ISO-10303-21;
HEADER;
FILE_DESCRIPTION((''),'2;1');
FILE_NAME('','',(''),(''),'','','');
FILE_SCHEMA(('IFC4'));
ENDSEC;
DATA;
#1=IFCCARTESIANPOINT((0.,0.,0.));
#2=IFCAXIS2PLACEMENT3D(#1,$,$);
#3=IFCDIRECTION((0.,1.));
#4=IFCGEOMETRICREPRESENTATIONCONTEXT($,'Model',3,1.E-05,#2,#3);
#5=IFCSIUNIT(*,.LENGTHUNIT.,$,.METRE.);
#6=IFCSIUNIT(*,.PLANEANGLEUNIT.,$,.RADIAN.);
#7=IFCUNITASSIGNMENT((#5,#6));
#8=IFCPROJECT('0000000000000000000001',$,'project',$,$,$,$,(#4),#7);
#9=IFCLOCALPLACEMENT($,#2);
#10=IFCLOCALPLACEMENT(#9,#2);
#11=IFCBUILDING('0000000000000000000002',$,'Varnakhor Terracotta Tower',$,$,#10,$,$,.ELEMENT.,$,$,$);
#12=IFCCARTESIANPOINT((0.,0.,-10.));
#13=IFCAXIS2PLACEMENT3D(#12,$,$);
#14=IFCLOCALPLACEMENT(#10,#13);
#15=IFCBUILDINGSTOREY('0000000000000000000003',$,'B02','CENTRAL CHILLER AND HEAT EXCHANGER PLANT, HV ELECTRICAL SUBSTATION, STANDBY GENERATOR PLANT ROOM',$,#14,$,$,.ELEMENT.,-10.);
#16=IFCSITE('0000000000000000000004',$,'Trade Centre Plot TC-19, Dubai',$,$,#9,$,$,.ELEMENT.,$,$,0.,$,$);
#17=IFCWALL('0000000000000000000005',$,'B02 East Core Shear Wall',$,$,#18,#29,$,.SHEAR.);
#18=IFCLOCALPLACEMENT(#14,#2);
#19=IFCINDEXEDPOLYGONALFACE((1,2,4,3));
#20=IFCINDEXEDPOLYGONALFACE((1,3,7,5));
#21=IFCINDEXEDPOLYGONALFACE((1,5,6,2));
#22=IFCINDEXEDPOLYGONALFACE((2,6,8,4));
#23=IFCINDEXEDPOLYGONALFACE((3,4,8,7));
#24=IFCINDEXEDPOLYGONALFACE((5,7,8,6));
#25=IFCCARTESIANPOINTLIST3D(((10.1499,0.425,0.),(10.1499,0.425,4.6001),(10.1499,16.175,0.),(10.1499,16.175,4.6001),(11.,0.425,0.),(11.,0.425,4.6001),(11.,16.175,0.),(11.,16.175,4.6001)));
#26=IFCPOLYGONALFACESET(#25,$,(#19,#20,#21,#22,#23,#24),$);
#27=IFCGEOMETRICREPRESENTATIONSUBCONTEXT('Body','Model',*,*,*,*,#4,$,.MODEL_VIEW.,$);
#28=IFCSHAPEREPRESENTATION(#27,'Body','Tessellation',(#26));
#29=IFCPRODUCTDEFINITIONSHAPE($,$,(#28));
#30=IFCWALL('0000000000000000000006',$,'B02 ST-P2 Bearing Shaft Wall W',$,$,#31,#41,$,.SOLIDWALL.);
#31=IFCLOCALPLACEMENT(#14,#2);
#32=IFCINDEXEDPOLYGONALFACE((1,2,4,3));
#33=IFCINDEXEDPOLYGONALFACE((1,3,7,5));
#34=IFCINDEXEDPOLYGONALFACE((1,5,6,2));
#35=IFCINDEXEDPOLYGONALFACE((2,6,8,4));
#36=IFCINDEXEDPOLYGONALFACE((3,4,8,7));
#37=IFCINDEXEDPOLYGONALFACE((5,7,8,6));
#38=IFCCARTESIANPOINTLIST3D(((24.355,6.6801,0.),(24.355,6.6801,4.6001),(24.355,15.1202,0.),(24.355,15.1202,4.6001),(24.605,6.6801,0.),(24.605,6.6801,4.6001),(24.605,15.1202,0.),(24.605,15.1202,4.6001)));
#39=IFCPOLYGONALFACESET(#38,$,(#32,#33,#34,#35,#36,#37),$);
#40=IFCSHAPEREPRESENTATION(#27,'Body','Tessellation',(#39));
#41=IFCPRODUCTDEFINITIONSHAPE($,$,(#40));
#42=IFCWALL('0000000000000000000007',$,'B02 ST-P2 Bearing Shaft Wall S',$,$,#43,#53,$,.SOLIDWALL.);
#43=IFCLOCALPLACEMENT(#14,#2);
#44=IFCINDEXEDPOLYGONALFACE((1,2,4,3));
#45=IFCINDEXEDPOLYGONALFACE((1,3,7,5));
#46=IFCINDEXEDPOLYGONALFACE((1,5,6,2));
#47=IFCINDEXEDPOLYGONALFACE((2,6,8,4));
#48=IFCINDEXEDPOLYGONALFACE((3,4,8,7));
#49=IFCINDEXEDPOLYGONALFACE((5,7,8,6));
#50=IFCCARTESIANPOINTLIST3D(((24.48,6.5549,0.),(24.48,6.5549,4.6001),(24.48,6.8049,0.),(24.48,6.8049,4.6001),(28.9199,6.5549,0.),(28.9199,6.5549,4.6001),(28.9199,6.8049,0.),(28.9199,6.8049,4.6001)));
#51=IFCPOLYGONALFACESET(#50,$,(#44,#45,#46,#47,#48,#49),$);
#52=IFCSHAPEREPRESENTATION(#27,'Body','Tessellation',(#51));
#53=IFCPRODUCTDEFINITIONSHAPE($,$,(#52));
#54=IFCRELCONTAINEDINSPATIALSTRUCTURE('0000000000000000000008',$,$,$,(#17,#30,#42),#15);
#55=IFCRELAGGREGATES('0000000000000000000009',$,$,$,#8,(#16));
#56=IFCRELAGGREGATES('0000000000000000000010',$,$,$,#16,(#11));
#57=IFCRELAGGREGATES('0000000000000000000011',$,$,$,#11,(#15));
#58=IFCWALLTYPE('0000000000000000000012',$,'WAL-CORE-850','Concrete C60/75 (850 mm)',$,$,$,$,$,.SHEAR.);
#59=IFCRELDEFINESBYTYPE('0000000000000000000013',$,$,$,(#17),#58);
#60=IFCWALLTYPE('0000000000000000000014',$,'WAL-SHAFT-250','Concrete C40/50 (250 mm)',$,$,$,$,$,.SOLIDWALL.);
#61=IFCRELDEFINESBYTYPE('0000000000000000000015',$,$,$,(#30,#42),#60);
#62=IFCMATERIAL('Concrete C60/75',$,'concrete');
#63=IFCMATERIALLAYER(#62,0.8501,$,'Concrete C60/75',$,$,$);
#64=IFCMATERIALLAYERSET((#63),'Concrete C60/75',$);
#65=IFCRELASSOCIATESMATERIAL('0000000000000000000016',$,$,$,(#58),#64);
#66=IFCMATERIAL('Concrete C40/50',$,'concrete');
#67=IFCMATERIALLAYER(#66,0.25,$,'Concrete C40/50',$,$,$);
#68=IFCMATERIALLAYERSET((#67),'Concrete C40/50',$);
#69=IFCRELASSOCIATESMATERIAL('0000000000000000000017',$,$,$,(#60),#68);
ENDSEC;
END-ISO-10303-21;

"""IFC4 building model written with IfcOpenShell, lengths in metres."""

from ifc_helpers import new_model, si_unit, direction, frame, frame_2d, origin, place, context, subcontext, project, spatial, rectangle, extrude, material, layer, layer_set, type_object, element, save


model = new_model("IFC4")

# Units and contexts
model_context = context("Model", 3, precision=1e-05, world=origin(), true_north=direction((0.0, 1.0)))
body_context = subcontext(model_context, "Body", "Model", "MODEL_VIEW")
ifc_project = project(units=[si_unit("LENGTHUNIT", "METRE"), si_unit("PLANEANGLEUNIT", "RADIAN")], contexts=[model_context])

# Site, building, storey
site_placement = place(None, origin())
site = spatial("IfcSite", under=ifc_project, at=site_placement, Name="Trade Centre Plot TC-19, Dubai", CompositionType="ELEMENT", RefElevation=0.0)
building_placement = place(site_placement, origin())
building = spatial("IfcBuilding", under=site, at=building_placement, Name="Varnakhor Terracotta Tower", CompositionType="ELEMENT")
storey_placement = place(building_placement, frame((0.0, 0.0, -10.0)))
storey = spatial("IfcBuildingStorey", under=building, at=storey_placement, Name="B02", Description="CENTRAL CHILLER AND HEAT EXCHANGER PLANT, HV ELECTRICAL SUBSTATION, STANDBY GENERATOR PLANT ROOM", CompositionType="ELEMENT", Elevation=-10.0)

# Shared definitions
ifc_material_1 = material(Name="Concrete C40/50", Category="concrete")

# Shared definitions
ifc_material_2 = material(Name="Concrete C60/75", Category="concrete")

# Walls
ifc_layer_1 = layer(ifc_material_2, 0.8501, Name="Concrete C60/75")
ifc_layer_set_1 = layer_set([ifc_layer_1], Name="Concrete C60/75")
wall_type_1 = type_object("IfcWallType", Name="WAL-CORE-850", Description="Concrete C60/75 (850 mm)", PredefinedType="SHEAR", material=ifc_layer_set_1)
wall_1_placement = place(storey_placement, frame((10.575, 0.425, 0.0), z_axis=(0.0, 0.0, 1.0), x_axis=(0.0, 1.0, 0.0)))
element("IfcWall", 1, at=wall_1_placement, inside=storey, type_object=wall_type_1, Name="B02 East Core Shear Wall", PredefinedType="SHEAR", context=body_context, shape_type="SweptSolid", body=[
    extrude(rectangle(XDim=15.75, YDim=0.8501, at=frame_2d((7.875, 0.0))), origin(), (0.0, 0.0, 1.0), 4.6001),
])
ifc_layer_2 = layer(ifc_material_1, 0.25, Name="Concrete C40/50")
ifc_layer_set_2 = layer_set([ifc_layer_2], Name="Concrete C40/50")
wall_type_2 = type_object("IfcWallType", Name="WAL-SHAFT-250", Description="Concrete C40/50 (250 mm)", PredefinedType="SOLIDWALL", material=ifc_layer_set_2)
wall_2_placement = place(storey_placement, frame((24.48, 6.6799, 0.0), z_axis=(0.0, 0.0, 1.0), x_axis=(0.0, 1.0, 0.0)))
element("IfcWall", 2, at=wall_2_placement, inside=storey, type_object=wall_type_2, Name="B02 ST-P2 Bearing Shaft Wall W", PredefinedType="SOLIDWALL", context=body_context, shape_type="SweptSolid", body=[
    extrude(rectangle(XDim=8.4402, YDim=0.25, at=frame_2d((4.2202, 0.0))), origin(), (0.0, 0.0, 1.0), 4.6001),
])
wall_3_placement = place(storey_placement, frame((24.48, 6.6799, 0.0), z_axis=(0.0, 0.0, 1.0), x_axis=(1.0, 0.0, 0.0)))
element("IfcWall", 3, at=wall_3_placement, inside=storey, type_object=wall_type_2, Name="B02 ST-P2 Bearing Shaft Wall S", PredefinedType="SOLIDWALL", context=body_context, shape_type="SweptSolid", body=[
    extrude(rectangle(XDim=4.4399, YDim=0.25, at=frame_2d((2.22, 0.0))), origin(), (0.0, 0.0, 1.0), 4.6001),
])

save(model, "model.ifc")
